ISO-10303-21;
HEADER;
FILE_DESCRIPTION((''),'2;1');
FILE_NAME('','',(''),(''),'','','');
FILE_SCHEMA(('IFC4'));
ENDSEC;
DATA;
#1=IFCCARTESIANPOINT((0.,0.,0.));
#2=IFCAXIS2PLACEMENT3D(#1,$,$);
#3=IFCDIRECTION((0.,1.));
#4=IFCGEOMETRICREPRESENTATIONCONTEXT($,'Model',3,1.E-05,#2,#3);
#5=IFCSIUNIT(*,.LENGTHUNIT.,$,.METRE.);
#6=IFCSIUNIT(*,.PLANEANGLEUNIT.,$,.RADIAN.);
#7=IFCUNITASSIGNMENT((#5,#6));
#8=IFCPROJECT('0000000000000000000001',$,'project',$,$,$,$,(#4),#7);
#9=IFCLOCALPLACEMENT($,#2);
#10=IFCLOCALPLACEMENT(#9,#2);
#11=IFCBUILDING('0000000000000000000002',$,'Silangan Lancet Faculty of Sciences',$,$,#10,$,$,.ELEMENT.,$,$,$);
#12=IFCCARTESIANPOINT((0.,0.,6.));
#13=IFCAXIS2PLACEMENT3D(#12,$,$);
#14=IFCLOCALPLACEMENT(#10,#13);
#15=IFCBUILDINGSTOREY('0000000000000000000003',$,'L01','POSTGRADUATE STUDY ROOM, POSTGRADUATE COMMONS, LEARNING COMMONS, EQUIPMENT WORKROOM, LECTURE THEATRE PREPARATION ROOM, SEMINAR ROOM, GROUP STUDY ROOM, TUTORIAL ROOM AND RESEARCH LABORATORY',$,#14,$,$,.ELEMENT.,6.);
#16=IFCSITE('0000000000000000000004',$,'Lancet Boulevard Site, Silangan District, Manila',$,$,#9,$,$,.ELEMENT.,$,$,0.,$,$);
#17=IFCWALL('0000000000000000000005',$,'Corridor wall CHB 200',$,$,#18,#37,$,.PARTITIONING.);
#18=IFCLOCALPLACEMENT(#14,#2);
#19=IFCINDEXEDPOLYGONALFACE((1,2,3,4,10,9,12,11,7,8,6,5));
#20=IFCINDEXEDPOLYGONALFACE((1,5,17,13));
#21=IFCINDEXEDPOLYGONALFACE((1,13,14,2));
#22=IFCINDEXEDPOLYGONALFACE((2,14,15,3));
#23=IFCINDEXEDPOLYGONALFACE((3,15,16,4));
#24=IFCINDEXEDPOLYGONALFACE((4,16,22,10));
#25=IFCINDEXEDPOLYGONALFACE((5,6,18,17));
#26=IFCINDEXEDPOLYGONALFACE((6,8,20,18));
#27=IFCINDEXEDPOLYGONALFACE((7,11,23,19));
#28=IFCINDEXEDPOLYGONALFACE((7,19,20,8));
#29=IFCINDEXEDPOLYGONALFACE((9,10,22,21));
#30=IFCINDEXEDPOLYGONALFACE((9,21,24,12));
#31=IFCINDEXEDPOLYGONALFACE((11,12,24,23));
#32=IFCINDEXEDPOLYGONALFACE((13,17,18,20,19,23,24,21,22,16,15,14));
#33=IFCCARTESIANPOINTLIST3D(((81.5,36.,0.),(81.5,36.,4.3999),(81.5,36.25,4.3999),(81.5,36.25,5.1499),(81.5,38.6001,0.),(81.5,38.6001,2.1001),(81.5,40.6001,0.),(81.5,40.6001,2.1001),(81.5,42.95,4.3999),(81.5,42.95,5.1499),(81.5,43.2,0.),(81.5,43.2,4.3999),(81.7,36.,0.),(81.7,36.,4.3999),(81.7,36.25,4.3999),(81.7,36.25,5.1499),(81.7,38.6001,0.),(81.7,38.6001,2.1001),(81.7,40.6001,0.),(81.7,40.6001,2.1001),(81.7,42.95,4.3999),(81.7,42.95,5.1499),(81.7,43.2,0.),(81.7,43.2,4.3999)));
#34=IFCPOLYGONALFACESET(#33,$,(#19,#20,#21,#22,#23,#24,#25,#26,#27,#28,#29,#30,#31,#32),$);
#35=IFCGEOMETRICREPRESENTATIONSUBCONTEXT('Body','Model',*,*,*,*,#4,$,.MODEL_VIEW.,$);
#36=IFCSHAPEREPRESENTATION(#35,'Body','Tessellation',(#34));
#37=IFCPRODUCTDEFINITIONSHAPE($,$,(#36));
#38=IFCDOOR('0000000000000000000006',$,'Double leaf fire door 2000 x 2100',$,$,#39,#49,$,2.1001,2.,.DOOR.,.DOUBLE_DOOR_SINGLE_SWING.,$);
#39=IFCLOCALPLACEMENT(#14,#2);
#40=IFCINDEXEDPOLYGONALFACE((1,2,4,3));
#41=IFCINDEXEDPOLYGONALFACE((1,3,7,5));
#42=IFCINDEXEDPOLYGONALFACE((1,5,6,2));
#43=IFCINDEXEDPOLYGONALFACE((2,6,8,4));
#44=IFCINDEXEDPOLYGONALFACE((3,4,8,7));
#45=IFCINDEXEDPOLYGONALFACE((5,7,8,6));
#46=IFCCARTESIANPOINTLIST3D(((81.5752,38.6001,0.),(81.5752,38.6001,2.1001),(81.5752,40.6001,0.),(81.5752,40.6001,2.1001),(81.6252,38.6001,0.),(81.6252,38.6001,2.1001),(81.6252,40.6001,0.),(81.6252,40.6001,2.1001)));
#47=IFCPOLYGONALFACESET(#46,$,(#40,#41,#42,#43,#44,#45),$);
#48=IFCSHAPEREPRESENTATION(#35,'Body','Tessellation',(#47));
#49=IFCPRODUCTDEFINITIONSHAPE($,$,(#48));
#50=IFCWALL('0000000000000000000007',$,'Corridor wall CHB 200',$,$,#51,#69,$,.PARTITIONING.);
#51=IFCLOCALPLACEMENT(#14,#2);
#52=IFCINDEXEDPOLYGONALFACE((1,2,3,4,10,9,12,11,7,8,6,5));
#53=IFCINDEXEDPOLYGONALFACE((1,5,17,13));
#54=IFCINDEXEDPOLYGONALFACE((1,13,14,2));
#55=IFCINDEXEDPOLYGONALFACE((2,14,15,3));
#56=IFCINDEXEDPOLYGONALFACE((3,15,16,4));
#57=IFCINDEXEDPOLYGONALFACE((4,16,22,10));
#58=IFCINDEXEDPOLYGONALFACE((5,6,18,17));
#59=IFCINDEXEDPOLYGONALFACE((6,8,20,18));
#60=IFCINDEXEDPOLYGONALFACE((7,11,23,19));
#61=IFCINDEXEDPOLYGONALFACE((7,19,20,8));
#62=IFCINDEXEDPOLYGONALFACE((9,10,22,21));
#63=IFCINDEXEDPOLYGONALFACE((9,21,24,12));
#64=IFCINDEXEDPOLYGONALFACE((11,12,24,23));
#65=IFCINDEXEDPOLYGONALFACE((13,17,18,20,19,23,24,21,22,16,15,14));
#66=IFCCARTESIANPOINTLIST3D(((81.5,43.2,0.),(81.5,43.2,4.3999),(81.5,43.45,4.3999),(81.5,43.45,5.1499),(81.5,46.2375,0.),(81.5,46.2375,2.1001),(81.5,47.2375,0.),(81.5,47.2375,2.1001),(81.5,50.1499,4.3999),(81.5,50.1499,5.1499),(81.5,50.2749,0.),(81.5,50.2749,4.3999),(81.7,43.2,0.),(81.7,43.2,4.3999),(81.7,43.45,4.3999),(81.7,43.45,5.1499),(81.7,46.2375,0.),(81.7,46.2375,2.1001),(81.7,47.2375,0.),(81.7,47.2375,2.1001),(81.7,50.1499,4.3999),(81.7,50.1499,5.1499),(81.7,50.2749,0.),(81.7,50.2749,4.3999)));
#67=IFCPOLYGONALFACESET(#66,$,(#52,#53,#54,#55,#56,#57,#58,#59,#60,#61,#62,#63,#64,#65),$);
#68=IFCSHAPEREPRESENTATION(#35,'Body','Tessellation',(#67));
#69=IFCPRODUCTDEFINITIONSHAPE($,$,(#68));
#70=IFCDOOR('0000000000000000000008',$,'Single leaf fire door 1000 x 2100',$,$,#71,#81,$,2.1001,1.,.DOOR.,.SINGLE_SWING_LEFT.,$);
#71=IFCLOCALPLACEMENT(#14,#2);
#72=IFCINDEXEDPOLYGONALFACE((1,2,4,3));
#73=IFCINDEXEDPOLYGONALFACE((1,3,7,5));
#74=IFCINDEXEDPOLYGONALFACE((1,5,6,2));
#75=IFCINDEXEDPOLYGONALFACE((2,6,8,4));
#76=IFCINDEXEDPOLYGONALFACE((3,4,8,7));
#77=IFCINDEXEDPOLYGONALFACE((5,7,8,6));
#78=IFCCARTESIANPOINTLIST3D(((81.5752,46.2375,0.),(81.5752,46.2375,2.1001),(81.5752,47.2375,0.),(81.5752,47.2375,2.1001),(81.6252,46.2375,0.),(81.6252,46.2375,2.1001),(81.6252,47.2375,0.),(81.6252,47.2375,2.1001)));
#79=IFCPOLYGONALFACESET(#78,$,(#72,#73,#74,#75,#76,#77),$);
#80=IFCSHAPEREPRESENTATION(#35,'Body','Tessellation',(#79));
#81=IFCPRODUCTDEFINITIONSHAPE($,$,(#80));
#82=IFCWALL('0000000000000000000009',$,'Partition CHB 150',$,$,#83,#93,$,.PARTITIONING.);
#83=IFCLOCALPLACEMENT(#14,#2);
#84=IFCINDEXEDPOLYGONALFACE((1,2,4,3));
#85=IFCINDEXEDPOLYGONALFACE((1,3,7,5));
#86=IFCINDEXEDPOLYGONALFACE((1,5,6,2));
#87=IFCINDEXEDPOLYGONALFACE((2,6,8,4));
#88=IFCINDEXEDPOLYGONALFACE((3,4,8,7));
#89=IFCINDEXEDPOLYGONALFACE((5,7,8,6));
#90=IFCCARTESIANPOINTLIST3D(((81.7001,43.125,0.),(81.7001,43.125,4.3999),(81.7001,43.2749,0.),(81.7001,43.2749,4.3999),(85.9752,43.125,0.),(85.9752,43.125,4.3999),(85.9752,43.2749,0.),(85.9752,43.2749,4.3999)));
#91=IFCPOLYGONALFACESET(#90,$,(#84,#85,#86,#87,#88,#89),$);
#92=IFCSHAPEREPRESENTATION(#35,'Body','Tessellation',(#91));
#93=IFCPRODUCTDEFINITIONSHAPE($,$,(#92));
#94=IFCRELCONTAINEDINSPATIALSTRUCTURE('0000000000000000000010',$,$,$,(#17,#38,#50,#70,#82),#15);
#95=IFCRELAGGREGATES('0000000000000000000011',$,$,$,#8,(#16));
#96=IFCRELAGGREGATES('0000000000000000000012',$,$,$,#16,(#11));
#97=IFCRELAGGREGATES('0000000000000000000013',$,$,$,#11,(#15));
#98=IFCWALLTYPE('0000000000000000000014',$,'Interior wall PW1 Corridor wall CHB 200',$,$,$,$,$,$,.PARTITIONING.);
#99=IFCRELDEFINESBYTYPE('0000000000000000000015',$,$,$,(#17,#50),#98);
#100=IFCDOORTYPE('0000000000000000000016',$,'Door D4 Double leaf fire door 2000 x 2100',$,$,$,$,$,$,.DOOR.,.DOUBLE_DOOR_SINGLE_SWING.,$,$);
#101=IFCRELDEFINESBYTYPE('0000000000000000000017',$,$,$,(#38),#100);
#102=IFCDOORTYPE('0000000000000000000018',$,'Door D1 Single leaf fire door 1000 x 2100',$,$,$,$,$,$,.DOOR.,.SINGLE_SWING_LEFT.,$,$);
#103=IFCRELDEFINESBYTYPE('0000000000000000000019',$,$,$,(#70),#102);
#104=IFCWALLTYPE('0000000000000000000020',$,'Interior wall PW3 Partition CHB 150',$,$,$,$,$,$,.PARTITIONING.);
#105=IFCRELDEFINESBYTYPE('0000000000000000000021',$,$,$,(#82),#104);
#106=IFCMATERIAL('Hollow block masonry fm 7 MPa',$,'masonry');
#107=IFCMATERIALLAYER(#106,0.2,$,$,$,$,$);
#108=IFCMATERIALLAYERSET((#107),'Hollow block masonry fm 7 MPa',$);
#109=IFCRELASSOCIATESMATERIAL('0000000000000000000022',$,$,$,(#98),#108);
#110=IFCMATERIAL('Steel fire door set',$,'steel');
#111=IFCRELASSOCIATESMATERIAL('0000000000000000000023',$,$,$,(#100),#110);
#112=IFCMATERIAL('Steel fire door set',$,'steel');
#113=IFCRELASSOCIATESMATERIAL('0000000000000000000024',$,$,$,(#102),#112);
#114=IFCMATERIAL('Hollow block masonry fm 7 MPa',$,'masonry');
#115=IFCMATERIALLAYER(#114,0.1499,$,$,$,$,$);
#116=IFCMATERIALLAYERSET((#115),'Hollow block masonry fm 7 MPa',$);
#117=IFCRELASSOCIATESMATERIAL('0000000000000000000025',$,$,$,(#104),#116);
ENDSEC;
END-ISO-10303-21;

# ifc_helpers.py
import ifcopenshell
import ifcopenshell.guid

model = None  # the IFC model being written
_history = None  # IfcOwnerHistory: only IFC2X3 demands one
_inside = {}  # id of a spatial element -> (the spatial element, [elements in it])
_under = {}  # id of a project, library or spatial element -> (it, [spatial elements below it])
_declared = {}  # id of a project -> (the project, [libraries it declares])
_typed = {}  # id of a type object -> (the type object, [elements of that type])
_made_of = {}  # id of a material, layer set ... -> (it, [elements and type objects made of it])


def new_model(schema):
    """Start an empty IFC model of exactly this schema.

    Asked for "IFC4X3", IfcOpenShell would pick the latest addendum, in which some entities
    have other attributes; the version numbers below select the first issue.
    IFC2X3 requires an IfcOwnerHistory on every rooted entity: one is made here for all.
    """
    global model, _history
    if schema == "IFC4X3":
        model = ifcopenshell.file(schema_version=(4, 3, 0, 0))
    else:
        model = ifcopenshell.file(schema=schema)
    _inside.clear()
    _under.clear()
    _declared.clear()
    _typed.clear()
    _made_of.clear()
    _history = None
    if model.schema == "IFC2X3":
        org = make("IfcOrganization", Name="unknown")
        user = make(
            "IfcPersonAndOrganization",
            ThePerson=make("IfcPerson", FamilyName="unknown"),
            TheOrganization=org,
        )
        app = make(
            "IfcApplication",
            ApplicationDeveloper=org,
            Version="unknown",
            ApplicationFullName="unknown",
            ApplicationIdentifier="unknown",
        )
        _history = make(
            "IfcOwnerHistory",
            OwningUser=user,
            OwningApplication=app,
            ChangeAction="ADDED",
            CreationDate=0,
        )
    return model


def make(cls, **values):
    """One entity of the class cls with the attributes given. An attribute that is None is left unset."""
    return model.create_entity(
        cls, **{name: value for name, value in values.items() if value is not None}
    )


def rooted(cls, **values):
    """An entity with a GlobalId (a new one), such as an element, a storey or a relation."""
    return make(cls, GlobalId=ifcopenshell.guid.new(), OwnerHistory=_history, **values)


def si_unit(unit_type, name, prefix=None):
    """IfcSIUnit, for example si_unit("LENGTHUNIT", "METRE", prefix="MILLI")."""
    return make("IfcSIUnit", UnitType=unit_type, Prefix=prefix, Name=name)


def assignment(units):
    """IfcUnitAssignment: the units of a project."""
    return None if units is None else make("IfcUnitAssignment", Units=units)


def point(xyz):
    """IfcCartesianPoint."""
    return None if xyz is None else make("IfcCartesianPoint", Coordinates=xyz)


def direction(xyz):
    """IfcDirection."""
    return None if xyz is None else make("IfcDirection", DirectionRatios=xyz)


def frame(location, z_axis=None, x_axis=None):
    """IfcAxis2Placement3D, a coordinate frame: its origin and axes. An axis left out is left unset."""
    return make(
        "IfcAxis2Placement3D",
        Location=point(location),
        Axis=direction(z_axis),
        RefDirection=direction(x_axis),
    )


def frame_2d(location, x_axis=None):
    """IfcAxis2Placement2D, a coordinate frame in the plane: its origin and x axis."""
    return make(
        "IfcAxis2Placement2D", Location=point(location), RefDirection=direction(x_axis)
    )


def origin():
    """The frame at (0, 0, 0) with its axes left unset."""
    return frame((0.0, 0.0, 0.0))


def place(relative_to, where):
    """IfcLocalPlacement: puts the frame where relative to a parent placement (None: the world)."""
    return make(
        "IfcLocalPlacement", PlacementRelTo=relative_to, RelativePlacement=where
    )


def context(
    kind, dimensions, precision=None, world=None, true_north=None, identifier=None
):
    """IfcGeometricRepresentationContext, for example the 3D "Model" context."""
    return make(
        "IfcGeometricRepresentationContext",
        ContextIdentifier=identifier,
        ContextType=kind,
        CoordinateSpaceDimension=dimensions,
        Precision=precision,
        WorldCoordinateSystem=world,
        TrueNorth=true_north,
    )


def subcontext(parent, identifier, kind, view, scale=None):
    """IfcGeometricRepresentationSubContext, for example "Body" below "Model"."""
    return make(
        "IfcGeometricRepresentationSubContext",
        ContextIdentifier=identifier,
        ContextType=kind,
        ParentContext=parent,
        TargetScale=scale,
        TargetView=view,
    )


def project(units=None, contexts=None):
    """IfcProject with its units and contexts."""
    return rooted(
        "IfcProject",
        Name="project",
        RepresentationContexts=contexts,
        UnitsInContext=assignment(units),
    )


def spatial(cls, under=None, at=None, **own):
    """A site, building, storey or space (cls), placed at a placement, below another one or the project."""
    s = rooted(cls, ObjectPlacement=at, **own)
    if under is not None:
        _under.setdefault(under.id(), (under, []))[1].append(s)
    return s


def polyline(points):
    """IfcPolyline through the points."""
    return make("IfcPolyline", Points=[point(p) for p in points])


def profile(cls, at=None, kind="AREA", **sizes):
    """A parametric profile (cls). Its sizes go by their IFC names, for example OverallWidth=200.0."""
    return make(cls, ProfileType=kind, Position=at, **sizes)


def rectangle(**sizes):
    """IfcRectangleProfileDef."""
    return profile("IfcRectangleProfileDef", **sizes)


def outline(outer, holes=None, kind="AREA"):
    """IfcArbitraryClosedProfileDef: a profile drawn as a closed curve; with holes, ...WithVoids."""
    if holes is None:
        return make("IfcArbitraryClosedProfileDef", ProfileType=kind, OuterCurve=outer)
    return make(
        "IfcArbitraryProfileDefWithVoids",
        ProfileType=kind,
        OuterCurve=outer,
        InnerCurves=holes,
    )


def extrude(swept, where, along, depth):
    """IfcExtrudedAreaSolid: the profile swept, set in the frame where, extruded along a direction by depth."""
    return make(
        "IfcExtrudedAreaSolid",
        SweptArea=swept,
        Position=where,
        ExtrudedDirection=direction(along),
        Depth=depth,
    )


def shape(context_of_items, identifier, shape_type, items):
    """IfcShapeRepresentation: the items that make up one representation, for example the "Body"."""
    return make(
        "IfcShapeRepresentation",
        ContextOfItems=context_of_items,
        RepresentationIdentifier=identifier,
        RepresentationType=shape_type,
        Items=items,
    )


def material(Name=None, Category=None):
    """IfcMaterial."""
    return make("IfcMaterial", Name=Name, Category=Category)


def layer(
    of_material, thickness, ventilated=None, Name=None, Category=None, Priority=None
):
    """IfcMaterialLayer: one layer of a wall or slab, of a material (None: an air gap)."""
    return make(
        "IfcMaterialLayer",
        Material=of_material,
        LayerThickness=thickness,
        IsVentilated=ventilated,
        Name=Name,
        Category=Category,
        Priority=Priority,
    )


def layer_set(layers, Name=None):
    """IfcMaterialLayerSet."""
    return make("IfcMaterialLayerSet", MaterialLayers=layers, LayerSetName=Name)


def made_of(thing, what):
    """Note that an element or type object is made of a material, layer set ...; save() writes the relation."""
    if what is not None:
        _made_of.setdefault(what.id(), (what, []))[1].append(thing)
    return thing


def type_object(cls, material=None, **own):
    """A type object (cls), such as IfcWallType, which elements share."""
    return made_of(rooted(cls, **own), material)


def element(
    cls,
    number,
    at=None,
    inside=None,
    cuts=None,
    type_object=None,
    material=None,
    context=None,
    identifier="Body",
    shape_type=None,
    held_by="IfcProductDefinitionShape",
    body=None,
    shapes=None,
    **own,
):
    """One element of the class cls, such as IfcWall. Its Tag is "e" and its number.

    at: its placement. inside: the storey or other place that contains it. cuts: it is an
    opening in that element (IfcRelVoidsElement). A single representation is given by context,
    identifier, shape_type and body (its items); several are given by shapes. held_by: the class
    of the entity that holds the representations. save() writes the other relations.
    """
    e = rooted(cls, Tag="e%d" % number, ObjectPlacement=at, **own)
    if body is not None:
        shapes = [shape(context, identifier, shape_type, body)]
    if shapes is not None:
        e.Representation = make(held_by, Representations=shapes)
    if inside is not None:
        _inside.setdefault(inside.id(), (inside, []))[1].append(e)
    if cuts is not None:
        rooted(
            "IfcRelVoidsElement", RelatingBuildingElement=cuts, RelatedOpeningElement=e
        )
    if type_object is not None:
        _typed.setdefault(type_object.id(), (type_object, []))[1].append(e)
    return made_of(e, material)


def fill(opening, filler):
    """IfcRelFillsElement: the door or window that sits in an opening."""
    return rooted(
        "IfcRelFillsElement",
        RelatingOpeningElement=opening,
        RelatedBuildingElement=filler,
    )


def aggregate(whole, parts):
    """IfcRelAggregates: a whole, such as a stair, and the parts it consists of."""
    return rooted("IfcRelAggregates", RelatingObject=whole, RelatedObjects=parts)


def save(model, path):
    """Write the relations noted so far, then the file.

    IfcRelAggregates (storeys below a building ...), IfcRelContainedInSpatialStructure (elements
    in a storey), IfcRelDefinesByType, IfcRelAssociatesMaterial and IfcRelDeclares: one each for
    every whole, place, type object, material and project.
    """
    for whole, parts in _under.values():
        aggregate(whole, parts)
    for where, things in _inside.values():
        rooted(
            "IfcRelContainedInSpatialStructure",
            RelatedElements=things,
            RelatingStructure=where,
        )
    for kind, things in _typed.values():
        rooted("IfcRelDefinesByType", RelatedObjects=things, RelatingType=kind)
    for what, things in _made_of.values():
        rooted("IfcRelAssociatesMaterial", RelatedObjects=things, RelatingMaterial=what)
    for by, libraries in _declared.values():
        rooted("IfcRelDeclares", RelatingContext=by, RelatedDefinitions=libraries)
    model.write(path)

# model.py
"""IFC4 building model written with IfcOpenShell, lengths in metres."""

from ifc_helpers import new_model, si_unit, direction, frame, frame_2d, origin, place, context, subcontext, project, spatial, polyline, rectangle, outline, extrude, material, layer, layer_set, type_object, element, fill, save


model = new_model("IFC4")

# Units and contexts
model_context = context("Model", 3, precision=1e-05, world=origin(), true_north=direction((0.0, 1.0)))
body_context = subcontext(model_context, "Body", "Model", "MODEL_VIEW")
ifc_project = project(units=[si_unit("LENGTHUNIT", "METRE"), si_unit("PLANEANGLEUNIT", "RADIAN")], contexts=[model_context])

# Site, building, storey
site_placement = place(None, origin())
site = spatial("IfcSite", under=ifc_project, at=site_placement, Name="Lancet Boulevard Site, Silangan District, Manila", CompositionType="ELEMENT", RefElevation=0.0)
building_placement = place(site_placement, origin())
building = spatial("IfcBuilding", under=site, at=building_placement, Name="Silangan Lancet Faculty of Sciences", CompositionType="ELEMENT")
storey_placement = place(building_placement, frame((0.0, 0.0, 6.0)))
storey = spatial("IfcBuildingStorey", under=building, at=storey_placement, Name="L01", Description="POSTGRADUATE STUDY ROOM, POSTGRADUATE COMMONS, LEARNING COMMONS, EQUIPMENT WORKROOM, LECTURE THEATRE PREPARATION ROOM, SEMINAR ROOM, GROUP STUDY ROOM, TUTORIAL ROOM AND RESEARCH LABORATORY", CompositionType="ELEMENT", Elevation=6.0)

# Walls, openings, doors
ifc_material_1 = material(Name="Hollow block masonry fm 7 MPa", Category="masonry")
ifc_layer_1 = layer(ifc_material_1, 0.2)
ifc_layer_set_1 = layer_set([ifc_layer_1], Name="Hollow block masonry fm 7 MPa")
wall_type_1 = type_object("IfcWallType", Name="Interior wall PW1 Corridor wall CHB 200", PredefinedType="PARTITIONING", material=ifc_layer_set_1)
ifc_material_2 = material(Name="Steel fire door set", Category="steel")
door_type_1 = type_object("IfcDoorType", Name="Door D4 Double leaf fire door 2000 x 2100", OperationType="DOUBLE_DOOR_SINGLE_SWING", PredefinedType="DOOR", material=ifc_material_2)
wall_1_placement = place(storey_placement, frame((81.6001, 36.0, 0.0), z_axis=(0.0, 0.0, 1.0), x_axis=(0.0, 1.0, 0.0)))
wall_1 = element("IfcWall", 1, at=wall_1_placement, inside=storey, type_object=wall_type_1, Name="Corridor wall CHB 200", PredefinedType="PARTITIONING", context=body_context, shape_type="SweptSolid", body=[
    extrude(outline(polyline([(0.0, 0.0), (7.2, 0.0), (7.2, 4.3999), (6.95, 4.3999), (6.95, 5.1499), (0.25, 5.1499), (0.25, 4.3999), (0.0, 4.3999), (0.0, 0.0)])), frame((0.0, 0.1001, 0.0), z_axis=(0.0, -1.0, 0.0), x_axis=(1.0, 0.0, 0.0)), (0.0, 0.0, 1.0), 0.2),
])
opening_1_placement = place(wall_1_placement, frame((2.6001, 0.0, 0.0)))
opening_1 = element("IfcOpeningElement", 2, at=opening_1_placement, cuts=wall_1, PredefinedType="OPENING", context=body_context, shape_type="SweptSolid", body=[
    extrude(rectangle(XDim=2.0, YDim=2.1001, at=frame_2d((1.0, 1.05))), frame((0.0, 0.1099, 0.0), z_axis=(0.0, -1.0, 0.0), x_axis=(1.0, 0.0, 0.0)), (0.0, 0.0, 1.0), 0.22),
])
door_1_placement = place(opening_1_placement, origin())
door_1 = element("IfcDoor", 3, at=door_1_placement, inside=storey, type_object=door_type_1, Name="Double leaf fire door 2000 x 2100", OperationType="DOUBLE_DOOR_SINGLE_SWING", OverallHeight=2.1001, OverallWidth=2.0, PredefinedType="DOOR", context=body_context, shape_type="SweptSolid", body=[
    extrude(rectangle(XDim=2.0, YDim=2.1001, at=frame_2d((1.0, 1.05))), frame((0.0, 0.0249, 0.0), z_axis=(0.0, -1.0, 0.0), x_axis=(1.0, 0.0, 0.0)), (0.0, 0.0, 1.0), 0.05),
])
fill(opening_1, door_1)
wall_2_placement = place(storey_placement, frame((81.6001, 43.2, 0.0), z_axis=(0.0, 0.0, 1.0), x_axis=(0.0, 1.0, 0.0)))
wall_2 = element("IfcWall", 4, at=wall_2_placement, inside=storey, type_object=wall_type_1, Name="Corridor wall CHB 200", PredefinedType="PARTITIONING", context=body_context, shape_type="SweptSolid", body=[
    extrude(outline(polyline([(0.0, 0.0), (7.075, 0.0), (7.075, 4.3999), (6.95, 4.3999), (6.95, 5.1499), (0.25, 5.1499), (0.25, 4.3999), (0.0, 4.3999), (0.0, 0.0)])), frame((0.0, 0.1001, 0.0), z_axis=(0.0, -1.0, 0.0), x_axis=(1.0, 0.0, 0.0)), (0.0, 0.0, 1.0), 0.2),
])
opening_2_placement = place(wall_2_placement, frame((3.0376, 0.0, 0.0)))
opening_2 = element("IfcOpeningElement", 5, at=opening_2_placement, cuts=wall_2, PredefinedType="OPENING", context=body_context, shape_type="SweptSolid", body=[
    extrude(rectangle(XDim=1.0, YDim=2.1001, at=frame_2d((0.5, 1.05))), frame((0.0, 0.1099, 0.0), z_axis=(0.0, -1.0, 0.0), x_axis=(1.0, 0.0, 0.0)), (0.0, 0.0, 1.0), 0.22),
])
ifc_material_3 = material(Name="Steel fire door set", Category="steel")
door_type_2 = type_object("IfcDoorType", Name="Door D1 Single leaf fire door 1000 x 2100", OperationType="SINGLE_SWING_LEFT", PredefinedType="DOOR", material=ifc_material_3)
door_2_placement = place(opening_2_placement, frame((1.0, 0.0, 0.0), z_axis=(0.0, 0.0, 1.0), x_axis=(-1.0, 0.0, 0.0)))
door_2 = element("IfcDoor", 6, at=door_2_placement, inside=storey, type_object=door_type_2, Name="Single leaf fire door 1000 x 2100", OperationType="SINGLE_SWING_LEFT", OverallHeight=2.1001, OverallWidth=1.0, PredefinedType="DOOR", context=body_context, shape_type="SweptSolid", body=[
    extrude(rectangle(XDim=1.0, YDim=2.1001, at=frame_2d((0.5, 1.05))), frame((0.0, 0.0251, 0.0), z_axis=(0.0, -1.0, 0.0), x_axis=(1.0, 0.0, 0.0)), (0.0, 0.0, 1.0), 0.05),
])
fill(opening_2, door_2)

# Wall
ifc_material_4 = material(Name="Hollow block masonry fm 7 MPa", Category="masonry")
ifc_layer_2 = layer(ifc_material_4, 0.1499)
ifc_layer_set_2 = layer_set([ifc_layer_2], Name="Hollow block masonry fm 7 MPa")
wall_type_2 = type_object("IfcWallType", Name="Interior wall PW3 Partition CHB 150", PredefinedType="PARTITIONING", material=ifc_layer_set_2)
wall_3_placement = place(storey_placement, frame((81.7, 43.2, 0.0), z_axis=(0.0, 0.0, 1.0), x_axis=(1.0, 0.0, 0.0)))
element("IfcWall", 7, at=wall_3_placement, inside=storey, type_object=wall_type_2, Name="Partition CHB 150", PredefinedType="PARTITIONING", context=body_context, shape_type="SweptSolid", body=[
    extrude(rectangle(XDim=4.2751, YDim=0.1499, at=frame_2d((2.1377, 0.0))), origin(), (0.0, 0.0, 1.0), 4.3999),
])

save(model, "model.ifc")
